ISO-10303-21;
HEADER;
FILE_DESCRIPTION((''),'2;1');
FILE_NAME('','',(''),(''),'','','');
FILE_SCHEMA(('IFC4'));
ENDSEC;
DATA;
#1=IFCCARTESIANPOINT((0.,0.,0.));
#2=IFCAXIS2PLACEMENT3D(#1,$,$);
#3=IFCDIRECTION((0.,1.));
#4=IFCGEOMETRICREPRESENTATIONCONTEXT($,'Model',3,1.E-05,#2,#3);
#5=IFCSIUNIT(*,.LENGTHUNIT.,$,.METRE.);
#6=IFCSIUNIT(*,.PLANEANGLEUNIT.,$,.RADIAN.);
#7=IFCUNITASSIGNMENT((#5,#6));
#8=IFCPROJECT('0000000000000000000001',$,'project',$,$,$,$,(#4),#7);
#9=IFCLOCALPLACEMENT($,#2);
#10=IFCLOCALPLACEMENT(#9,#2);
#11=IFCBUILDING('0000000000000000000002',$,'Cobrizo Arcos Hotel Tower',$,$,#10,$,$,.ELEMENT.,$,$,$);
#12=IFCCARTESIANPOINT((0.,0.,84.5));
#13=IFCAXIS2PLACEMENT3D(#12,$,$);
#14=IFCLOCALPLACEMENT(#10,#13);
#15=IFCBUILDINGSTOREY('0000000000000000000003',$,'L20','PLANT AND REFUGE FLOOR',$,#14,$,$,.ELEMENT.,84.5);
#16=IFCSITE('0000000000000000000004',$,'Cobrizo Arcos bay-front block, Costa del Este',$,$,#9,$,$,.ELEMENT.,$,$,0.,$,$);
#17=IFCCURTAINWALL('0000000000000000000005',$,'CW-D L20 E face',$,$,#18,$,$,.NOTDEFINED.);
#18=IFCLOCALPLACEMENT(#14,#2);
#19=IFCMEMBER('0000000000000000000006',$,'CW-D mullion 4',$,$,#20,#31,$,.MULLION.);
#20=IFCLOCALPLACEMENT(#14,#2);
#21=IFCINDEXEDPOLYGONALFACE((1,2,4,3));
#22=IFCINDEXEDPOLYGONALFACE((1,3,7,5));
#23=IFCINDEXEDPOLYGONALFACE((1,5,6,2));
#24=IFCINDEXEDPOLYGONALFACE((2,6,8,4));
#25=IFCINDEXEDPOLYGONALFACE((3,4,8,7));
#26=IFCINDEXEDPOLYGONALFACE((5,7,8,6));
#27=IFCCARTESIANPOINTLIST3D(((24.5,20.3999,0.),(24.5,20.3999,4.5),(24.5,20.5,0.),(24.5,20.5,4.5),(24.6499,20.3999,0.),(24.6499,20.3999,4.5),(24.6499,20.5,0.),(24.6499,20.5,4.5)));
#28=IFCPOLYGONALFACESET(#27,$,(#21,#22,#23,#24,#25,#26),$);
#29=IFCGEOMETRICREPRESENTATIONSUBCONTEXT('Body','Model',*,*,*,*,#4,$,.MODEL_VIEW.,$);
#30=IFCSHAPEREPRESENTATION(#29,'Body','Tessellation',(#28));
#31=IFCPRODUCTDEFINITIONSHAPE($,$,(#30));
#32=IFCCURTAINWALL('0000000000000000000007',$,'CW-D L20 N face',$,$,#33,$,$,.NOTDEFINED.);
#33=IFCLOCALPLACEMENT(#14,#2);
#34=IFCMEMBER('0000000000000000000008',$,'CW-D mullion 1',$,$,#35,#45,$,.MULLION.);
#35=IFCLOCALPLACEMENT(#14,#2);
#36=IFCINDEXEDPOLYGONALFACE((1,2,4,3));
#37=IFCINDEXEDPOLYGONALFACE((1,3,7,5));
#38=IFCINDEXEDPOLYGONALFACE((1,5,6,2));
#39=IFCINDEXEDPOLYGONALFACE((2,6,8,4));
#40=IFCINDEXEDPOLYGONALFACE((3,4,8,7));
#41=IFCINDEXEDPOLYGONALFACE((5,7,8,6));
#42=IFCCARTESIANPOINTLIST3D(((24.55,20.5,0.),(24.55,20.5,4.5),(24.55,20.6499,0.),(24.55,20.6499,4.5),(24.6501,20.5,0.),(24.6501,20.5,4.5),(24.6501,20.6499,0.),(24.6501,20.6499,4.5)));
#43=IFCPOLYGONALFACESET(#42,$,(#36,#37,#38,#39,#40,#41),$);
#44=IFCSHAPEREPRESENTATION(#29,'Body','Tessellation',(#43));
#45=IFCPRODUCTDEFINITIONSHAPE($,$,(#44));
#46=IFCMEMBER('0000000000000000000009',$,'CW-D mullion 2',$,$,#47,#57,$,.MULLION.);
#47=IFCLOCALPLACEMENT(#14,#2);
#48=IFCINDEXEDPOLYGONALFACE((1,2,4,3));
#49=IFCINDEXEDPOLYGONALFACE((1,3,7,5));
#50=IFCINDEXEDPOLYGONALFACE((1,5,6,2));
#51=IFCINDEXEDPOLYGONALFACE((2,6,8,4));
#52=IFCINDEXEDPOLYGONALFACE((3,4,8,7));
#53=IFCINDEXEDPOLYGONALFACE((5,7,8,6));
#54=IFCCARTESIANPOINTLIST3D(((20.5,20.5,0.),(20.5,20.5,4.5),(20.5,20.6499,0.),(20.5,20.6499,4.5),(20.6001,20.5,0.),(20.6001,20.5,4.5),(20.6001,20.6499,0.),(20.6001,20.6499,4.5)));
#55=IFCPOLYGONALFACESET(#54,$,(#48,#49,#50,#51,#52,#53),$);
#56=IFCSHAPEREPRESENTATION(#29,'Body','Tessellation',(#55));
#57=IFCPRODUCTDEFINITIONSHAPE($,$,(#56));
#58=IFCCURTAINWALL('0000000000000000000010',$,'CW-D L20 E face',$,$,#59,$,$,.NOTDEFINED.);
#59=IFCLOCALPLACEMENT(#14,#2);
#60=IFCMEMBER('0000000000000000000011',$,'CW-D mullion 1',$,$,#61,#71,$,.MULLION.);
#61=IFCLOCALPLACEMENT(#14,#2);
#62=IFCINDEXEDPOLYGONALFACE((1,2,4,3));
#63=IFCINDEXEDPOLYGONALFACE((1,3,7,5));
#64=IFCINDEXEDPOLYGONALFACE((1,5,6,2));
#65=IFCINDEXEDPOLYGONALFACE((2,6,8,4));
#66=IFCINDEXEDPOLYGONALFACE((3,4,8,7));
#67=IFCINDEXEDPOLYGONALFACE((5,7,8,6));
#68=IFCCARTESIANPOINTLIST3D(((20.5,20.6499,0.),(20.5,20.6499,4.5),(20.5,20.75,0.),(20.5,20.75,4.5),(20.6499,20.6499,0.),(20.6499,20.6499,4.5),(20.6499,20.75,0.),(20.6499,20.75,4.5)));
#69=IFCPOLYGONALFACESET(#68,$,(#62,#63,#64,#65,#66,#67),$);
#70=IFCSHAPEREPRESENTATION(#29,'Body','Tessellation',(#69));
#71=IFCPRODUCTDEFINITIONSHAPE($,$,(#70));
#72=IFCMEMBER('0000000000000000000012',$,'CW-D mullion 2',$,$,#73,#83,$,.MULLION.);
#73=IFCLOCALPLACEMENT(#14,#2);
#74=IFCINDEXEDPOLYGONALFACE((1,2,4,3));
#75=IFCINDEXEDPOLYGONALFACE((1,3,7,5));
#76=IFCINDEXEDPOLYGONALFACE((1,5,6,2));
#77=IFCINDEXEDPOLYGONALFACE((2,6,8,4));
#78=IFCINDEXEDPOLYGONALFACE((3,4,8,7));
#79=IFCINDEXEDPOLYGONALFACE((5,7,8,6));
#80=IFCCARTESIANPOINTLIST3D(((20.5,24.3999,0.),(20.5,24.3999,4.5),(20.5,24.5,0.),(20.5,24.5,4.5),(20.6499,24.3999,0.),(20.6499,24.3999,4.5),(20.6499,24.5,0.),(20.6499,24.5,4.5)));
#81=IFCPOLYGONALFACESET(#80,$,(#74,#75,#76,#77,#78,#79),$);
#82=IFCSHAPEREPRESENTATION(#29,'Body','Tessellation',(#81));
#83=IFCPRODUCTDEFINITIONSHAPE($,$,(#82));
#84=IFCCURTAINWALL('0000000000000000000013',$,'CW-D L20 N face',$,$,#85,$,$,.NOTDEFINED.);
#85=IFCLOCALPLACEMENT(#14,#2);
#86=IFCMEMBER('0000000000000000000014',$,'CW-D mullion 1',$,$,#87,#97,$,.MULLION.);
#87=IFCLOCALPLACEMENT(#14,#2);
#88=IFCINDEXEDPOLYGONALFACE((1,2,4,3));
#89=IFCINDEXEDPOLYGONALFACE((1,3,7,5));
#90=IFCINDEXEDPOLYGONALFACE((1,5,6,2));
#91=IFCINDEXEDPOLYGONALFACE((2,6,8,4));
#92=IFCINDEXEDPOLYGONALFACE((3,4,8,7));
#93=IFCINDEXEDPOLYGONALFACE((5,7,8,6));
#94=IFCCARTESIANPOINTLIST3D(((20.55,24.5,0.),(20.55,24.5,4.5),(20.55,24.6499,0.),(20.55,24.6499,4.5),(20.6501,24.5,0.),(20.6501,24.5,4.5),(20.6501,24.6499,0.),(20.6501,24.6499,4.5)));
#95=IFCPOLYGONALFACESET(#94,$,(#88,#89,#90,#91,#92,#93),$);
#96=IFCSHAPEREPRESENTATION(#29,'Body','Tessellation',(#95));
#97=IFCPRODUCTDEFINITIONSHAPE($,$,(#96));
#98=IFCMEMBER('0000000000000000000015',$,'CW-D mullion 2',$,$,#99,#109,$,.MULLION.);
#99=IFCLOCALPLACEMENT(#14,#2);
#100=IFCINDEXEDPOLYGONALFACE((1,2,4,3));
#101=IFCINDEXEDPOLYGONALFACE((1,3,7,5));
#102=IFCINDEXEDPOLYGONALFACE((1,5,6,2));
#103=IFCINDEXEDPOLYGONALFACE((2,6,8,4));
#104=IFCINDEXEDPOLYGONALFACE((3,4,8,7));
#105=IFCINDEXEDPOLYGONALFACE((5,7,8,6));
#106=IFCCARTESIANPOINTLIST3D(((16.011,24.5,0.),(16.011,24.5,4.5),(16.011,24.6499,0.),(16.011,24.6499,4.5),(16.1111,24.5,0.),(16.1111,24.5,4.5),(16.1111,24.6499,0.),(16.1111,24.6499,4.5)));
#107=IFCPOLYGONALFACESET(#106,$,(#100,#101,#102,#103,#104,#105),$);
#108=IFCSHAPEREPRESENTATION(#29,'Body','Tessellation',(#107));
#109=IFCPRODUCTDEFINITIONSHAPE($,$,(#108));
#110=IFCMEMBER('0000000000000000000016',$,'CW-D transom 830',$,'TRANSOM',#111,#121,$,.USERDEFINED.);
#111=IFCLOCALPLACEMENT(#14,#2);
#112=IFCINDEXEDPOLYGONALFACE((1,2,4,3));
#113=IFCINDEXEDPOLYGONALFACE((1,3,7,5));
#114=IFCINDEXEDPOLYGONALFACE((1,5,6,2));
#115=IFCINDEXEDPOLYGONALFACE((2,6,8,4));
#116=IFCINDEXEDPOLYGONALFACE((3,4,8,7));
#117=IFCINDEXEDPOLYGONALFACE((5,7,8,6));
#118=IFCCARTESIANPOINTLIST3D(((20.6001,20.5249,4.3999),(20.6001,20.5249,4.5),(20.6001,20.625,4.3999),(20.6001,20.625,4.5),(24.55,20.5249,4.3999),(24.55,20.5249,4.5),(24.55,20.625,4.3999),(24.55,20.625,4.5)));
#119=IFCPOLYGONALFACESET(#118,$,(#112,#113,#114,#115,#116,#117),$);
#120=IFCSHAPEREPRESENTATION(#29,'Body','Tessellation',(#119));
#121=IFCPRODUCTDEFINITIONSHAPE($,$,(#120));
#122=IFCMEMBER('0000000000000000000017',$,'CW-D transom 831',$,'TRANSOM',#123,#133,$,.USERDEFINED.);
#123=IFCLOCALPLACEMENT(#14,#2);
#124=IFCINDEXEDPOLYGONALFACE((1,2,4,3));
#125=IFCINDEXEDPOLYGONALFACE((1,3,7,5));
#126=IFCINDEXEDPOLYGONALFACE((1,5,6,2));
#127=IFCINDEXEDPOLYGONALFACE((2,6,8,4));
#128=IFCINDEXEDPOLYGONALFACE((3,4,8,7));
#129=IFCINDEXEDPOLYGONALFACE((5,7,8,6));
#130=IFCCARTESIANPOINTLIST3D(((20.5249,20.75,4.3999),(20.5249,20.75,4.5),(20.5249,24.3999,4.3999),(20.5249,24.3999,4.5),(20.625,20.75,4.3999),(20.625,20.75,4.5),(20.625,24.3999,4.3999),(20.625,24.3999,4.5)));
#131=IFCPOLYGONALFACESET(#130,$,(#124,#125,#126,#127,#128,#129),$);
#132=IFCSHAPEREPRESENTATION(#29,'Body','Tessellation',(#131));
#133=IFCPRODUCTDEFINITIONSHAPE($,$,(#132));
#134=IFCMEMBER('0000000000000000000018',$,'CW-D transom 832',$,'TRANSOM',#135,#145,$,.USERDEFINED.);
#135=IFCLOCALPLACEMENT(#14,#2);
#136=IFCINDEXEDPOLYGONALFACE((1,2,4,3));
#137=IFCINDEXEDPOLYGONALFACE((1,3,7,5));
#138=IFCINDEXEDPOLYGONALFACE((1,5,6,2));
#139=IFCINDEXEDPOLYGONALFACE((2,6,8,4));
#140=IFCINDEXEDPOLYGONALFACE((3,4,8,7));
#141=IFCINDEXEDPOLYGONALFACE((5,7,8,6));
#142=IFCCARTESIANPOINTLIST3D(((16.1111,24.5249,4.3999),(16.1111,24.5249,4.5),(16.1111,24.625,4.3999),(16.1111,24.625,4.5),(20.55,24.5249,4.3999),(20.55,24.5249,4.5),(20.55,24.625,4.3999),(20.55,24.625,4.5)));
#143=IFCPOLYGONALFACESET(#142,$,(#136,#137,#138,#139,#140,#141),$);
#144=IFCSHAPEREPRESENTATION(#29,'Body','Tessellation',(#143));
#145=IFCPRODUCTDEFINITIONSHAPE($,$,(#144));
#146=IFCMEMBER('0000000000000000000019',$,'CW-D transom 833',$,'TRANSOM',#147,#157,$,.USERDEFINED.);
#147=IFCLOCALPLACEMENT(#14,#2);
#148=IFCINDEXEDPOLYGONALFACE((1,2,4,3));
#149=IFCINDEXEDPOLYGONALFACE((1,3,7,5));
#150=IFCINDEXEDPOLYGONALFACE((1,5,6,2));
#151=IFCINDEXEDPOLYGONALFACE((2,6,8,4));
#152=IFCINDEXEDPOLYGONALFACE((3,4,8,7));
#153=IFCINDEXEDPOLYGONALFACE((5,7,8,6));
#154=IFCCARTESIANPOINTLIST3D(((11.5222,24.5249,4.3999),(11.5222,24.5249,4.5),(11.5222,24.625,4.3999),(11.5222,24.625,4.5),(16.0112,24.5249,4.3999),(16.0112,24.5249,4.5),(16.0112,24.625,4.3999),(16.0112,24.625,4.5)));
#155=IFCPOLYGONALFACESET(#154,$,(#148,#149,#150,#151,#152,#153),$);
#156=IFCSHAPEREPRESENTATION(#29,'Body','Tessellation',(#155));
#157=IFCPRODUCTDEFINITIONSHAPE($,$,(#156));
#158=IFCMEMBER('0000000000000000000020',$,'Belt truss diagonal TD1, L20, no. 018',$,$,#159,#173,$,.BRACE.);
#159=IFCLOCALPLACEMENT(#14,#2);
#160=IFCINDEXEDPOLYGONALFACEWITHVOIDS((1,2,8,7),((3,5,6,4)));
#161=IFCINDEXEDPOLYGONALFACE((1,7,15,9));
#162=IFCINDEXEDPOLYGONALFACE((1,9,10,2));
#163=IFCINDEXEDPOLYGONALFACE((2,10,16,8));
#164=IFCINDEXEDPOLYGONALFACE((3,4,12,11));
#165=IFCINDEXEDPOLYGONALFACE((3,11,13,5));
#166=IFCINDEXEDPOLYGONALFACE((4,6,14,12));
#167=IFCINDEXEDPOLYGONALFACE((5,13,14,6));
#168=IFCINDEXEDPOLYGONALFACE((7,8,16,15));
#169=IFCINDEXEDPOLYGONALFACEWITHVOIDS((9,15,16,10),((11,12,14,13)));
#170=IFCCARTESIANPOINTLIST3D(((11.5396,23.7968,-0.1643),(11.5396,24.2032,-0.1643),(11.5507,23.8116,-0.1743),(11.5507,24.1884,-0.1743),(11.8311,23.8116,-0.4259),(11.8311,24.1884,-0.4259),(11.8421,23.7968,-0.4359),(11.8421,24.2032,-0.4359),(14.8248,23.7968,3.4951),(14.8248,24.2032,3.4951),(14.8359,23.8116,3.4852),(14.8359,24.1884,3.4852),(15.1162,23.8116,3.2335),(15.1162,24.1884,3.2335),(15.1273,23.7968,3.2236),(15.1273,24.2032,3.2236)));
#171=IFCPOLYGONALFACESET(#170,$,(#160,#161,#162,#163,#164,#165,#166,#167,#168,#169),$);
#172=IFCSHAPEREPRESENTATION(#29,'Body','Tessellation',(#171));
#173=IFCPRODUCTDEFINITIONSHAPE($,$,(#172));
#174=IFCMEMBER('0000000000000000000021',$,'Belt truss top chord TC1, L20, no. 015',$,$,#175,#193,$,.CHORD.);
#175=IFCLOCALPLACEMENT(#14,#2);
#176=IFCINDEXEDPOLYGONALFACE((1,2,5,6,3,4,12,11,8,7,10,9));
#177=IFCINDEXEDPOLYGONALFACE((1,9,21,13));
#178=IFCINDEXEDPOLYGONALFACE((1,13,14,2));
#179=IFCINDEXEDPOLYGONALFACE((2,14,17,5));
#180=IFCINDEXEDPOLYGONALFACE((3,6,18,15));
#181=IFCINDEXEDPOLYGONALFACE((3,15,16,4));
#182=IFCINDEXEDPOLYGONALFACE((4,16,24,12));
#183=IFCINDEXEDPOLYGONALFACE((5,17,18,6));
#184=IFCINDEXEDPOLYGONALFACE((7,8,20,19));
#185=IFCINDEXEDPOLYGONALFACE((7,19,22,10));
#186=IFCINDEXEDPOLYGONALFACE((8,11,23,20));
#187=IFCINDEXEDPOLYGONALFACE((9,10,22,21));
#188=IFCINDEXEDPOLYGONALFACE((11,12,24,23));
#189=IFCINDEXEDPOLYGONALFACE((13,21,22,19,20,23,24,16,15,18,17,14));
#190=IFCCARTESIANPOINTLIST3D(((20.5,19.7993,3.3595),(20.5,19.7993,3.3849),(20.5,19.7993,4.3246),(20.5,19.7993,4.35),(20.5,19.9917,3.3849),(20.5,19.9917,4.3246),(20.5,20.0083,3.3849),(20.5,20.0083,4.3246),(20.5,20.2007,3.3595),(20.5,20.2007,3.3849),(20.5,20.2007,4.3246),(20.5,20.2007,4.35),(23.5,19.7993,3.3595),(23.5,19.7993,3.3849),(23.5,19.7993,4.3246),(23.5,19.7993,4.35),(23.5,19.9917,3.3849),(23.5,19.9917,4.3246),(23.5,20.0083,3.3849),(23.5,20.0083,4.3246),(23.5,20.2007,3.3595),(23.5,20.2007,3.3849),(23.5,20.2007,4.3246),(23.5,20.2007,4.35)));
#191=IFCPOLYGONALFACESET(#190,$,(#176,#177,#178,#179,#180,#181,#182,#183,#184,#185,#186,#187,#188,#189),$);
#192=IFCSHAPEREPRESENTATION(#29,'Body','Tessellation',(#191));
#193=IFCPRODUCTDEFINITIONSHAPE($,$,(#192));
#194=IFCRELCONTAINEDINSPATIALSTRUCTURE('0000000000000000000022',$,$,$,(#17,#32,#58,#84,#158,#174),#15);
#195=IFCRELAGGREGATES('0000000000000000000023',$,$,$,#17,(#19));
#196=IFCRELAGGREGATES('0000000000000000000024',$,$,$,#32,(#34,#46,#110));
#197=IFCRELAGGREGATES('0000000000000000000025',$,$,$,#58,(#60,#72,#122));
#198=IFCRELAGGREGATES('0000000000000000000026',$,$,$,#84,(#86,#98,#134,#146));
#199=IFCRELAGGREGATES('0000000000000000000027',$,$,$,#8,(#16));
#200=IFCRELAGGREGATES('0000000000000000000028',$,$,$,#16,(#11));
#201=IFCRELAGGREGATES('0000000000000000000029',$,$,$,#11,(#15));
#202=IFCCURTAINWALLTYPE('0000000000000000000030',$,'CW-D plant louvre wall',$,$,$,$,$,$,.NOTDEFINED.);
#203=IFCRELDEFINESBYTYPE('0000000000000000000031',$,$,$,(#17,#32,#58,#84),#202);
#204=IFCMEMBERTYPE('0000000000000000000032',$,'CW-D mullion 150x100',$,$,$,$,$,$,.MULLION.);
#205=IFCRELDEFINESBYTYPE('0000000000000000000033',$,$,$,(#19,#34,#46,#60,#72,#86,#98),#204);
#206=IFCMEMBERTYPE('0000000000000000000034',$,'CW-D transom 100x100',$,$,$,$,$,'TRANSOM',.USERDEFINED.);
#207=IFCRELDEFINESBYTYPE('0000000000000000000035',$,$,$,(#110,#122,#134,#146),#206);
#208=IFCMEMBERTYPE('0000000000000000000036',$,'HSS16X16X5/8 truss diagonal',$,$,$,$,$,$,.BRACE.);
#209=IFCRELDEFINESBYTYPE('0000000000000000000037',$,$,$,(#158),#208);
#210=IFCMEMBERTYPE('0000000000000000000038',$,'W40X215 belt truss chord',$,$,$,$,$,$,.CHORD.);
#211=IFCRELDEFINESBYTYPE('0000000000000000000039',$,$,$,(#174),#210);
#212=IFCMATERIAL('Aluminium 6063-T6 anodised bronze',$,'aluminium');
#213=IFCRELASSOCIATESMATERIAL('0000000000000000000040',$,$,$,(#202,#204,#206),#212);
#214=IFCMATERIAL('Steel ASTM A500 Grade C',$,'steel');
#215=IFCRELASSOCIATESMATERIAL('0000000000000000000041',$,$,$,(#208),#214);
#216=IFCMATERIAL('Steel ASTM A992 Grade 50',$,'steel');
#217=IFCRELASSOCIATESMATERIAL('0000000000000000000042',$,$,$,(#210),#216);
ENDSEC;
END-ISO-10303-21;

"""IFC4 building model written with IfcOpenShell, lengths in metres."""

from ifc_helpers import new_model, si_unit, direction, frame, origin, origin_2d, place, context, subcontext, project, spatial, rectangle, hollow_rectangle, i_section, extrude, material, material_profile, profile_set, type_object, element, aggregate, save


model = new_model("IFC4")

# Units and contexts
model_context = context("Model", 3, precision=1e-05, world=origin(), true_north=direction((0.0, 1.0)))
body_context = subcontext(model_context, "Body", "Model", "MODEL_VIEW")
ifc_project = project(units=[si_unit("LENGTHUNIT", "METRE"), si_unit("PLANEANGLEUNIT", "RADIAN")], contexts=[model_context])

# Site, building, storey
site_placement = place(None, origin())
site = spatial("IfcSite", under=ifc_project, at=site_placement, Name="Cobrizo Arcos bay-front block, Costa del Este", CompositionType="ELEMENT", RefElevation=0.0)
building_placement = place(site_placement, origin())
building = spatial("IfcBuilding", under=site, at=building_placement, Name="Cobrizo Arcos Hotel Tower", CompositionType="ELEMENT")
storey_placement = place(building_placement, frame((0.0, 0.0, 84.5)))
storey = spatial("IfcBuildingStorey", under=building, at=storey_placement, Name="L20", Description="PLANT AND REFUGE FLOOR", CompositionType="ELEMENT", Elevation=84.5)

# Curtain wall, member
ifc_material_1 = material(Name="Aluminium 6063-T6 anodised bronze", Category="aluminium")
curtain_wall_type = type_object("IfcCurtainWallType", Name="CW-D plant louvre wall", PredefinedType="NOTDEFINED", material=ifc_material_1)
curtain_wall_1_placement = place(storey_placement, origin())
curtain_wall_1 = element("IfcCurtainWall", 1, at=curtain_wall_1_placement, inside=storey, type_object=curtain_wall_type, Name="CW-D L20 E face", PredefinedType="NOTDEFINED")
ifc_material_profile_1 = material_profile(ifc_material_1, rectangle(XDim=0.1499, YDim=0.1001, at=origin_2d()), Name="CW-D mullion 150x100")
ifc_profile_set_1 = profile_set([ifc_material_profile_1], Name="Aluminium 6063-T6 anodised bronze")
member_type_1 = type_object("IfcMemberType", Name="CW-D mullion 150x100", PredefinedType="MULLION", material=ifc_profile_set_1)
member_1_placement = place(storey_placement, frame((24.575, 20.45, 0.0), z_axis=(0.0, 0.0, 1.0), x_axis=(1.0, 0.0, 0.0)))
member_1 = element("IfcMember", 2, at=member_1_placement, type_object=member_type_1, Name="CW-D mullion 4", PredefinedType="MULLION", context=body_context, shape_type="SweptSolid", body=[
    extrude(rectangle(XDim=0.1499, YDim=0.1001, at=origin_2d()), origin(), (0.0, 0.0, 1.0), 4.5),
])
aggregate(curtain_wall_1, [member_1])

# Curtain walls, members
curtain_wall_2_placement = place(storey_placement, origin())
curtain_wall_2 = element("IfcCurtainWall", 3, at=curtain_wall_2_placement, inside=storey, type_object=curtain_wall_type, Name="CW-D L20 N face", PredefinedType="NOTDEFINED")
member_2_placement = place(storey_placement, frame((24.6001, 20.575, 0.0), z_axis=(0.0, 0.0, 1.0), x_axis=(0.0, 1.0, 0.0)))
member_2 = element("IfcMember", 4, at=member_2_placement, type_object=member_type_1, Name="CW-D mullion 1", PredefinedType="MULLION", context=body_context, shape_type="SweptSolid", body=[
    extrude(rectangle(XDim=0.1499, YDim=0.1001, at=origin_2d()), origin(), (0.0, 0.0, 1.0), 4.5),
])
member_3_placement = place(storey_placement, frame((20.55, 20.575, 0.0), z_axis=(0.0, 0.0, 1.0), x_axis=(0.0, 1.0, 0.0)))
member_3 = element("IfcMember", 5, at=member_3_placement, type_object=member_type_1, Name="CW-D mullion 2", PredefinedType="MULLION", context=body_context, shape_type="SweptSolid", body=[
    extrude(rectangle(XDim=0.1499, YDim=0.1001, at=origin_2d()), origin(), (0.0, 0.0, 1.0), 4.5),
])
curtain_wall_3_placement = place(storey_placement, origin())
curtain_wall_3 = element("IfcCurtainWall", 6, at=curtain_wall_3_placement, inside=storey, type_object=curtain_wall_type, Name="CW-D L20 E face", PredefinedType="NOTDEFINED")
member_4_placement = place(storey_placement, frame((20.575, 20.7, 0.0), z_axis=(0.0, 0.0, 1.0), x_axis=(1.0, 0.0, 0.0)))
member_4 = element("IfcMember", 7, at=member_4_placement, type_object=member_type_1, Name="CW-D mullion 1", PredefinedType="MULLION", context=body_context, shape_type="SweptSolid", body=[
    extrude(rectangle(XDim=0.1499, YDim=0.1001, at=origin_2d()), origin(), (0.0, 0.0, 1.0), 4.5),
])
member_5_placement = place(storey_placement, frame((20.575, 24.45, 0.0), z_axis=(0.0, 0.0, 1.0), x_axis=(1.0, 0.0, 0.0)))
member_5 = element("IfcMember", 8, at=member_5_placement, type_object=member_type_1, Name="CW-D mullion 2", PredefinedType="MULLION", context=body_context, shape_type="SweptSolid", body=[
    extrude(rectangle(XDim=0.1499, YDim=0.1001, at=origin_2d()), origin(), (0.0, 0.0, 1.0), 4.5),
])
curtain_wall_4_placement = place(storey_placement, origin())
curtain_wall_4 = element("IfcCurtainWall", 9, at=curtain_wall_4_placement, inside=storey, type_object=curtain_wall_type, Name="CW-D L20 N face", PredefinedType="NOTDEFINED")
member_6_placement = place(storey_placement, frame((20.6001, 24.575, 0.0), z_axis=(0.0, 0.0, 1.0), x_axis=(0.0, 1.0, 0.0)))
member_6 = element("IfcMember", 10, at=member_6_placement, type_object=member_type_1, Name="CW-D mullion 1", PredefinedType="MULLION", context=body_context, shape_type="SweptSolid", body=[
    extrude(rectangle(XDim=0.1499, YDim=0.1001, at=origin_2d()), origin(), (0.0, 0.0, 1.0), 4.5),
])
member_7_placement = place(storey_placement, frame((16.061, 24.575, 0.0), z_axis=(0.0, 0.0, 1.0), x_axis=(0.0, 1.0, 0.0)))
member_7 = element("IfcMember", 11, at=member_7_placement, type_object=member_type_1, Name="CW-D mullion 2", PredefinedType="MULLION", context=body_context, shape_type="SweptSolid", body=[
    extrude(rectangle(XDim=0.1499, YDim=0.1001, at=origin_2d()), origin(), (0.0, 0.0, 1.0), 4.5),
])

# Members
ifc_material_profile_2 = material_profile(ifc_material_1, rectangle(XDim=0.1001, YDim=0.1001, at=origin_2d()), Name="CW-D transom 100x100")
ifc_profile_set_2 = profile_set([ifc_material_profile_2], Name="Aluminium 6063-T6 anodised bronze")
member_type_2 = type_object("IfcMemberType", Name="CW-D transom 100x100", ElementType="TRANSOM", PredefinedType="USERDEFINED", material=ifc_profile_set_2)
member_8_placement = place(storey_placement, frame((24.55, 20.575, 4.45), z_axis=(-1.0, 0.0, 0.0), x_axis=(0.0, -1.0, 0.0)))
member_8 = element("IfcMember", 12, at=member_8_placement, type_object=member_type_2, Name="CW-D transom 830", ObjectType="TRANSOM", PredefinedType="USERDEFINED", context=body_context, shape_type="SweptSolid", body=[
    extrude(rectangle(XDim=0.1001, YDim=0.1001, at=origin_2d()), origin(), (0.0, 0.0, 1.0), 3.95),
])
member_9_placement = place(storey_placement, frame((20.575, 20.75, 4.45), z_axis=(0.0, 1.0, 0.0), x_axis=(-1.0, 0.0, 0.0)))
member_9 = element("IfcMember", 13, at=member_9_placement, type_object=member_type_2, Name="CW-D transom 831", ObjectType="TRANSOM", PredefinedType="USERDEFINED", context=body_context, shape_type="SweptSolid", body=[
    extrude(rectangle(XDim=0.1001, YDim=0.1001, at=origin_2d()), origin(), (0.0, 0.0, 1.0), 3.6499),
])
member_10_placement = place(storey_placement, frame((20.55, 24.575, 4.45), z_axis=(-1.0, 0.0, 0.0), x_axis=(0.0, -1.0, 0.0)))
member_10 = element("IfcMember", 14, at=member_10_placement, type_object=member_type_2, Name="CW-D transom 832", ObjectType="TRANSOM", PredefinedType="USERDEFINED", context=body_context, shape_type="SweptSolid", body=[
    extrude(rectangle(XDim=0.1001, YDim=0.1001, at=origin_2d()), origin(), (0.0, 0.0, 1.0), 4.439),
])
member_11_placement = place(storey_placement, frame((16.0112, 24.575, 4.45), z_axis=(-1.0, 0.0, 0.0), x_axis=(0.0, -1.0, 0.0)))
member_11 = element("IfcMember", 15, at=member_11_placement, type_object=member_type_2, Name="CW-D transom 833", ObjectType="TRANSOM", PredefinedType="USERDEFINED", context=body_context, shape_type="SweptSolid", body=[
    extrude(rectangle(XDim=0.1001, YDim=0.1001, at=origin_2d()), origin(), (0.0, 0.0, 1.0), 4.489),
])

# Members
ifc_material_2 = material(Name="Steel ASTM A500 Grade C", Category="steel")
ifc_material_profile_3 = material_profile(ifc_material_2, hollow_rectangle(XDim=0.4065, YDim=0.4065, WallThickness=0.0149, at=origin_2d()), Name="HSS16X16X5/8")
ifc_profile_set_3 = profile_set([ifc_material_profile_3], Name="Steel ASTM A500 Grade C")
member_type_3 = type_object("IfcMemberType", Name="HSS16X16X5/8 truss diagonal", PredefinedType="BRACE", material=ifc_profile_set_3)
member_12_placement = place(storey_placement, frame((14.9761, 24.0, 3.3594), z_axis=(-0.668029, 0.0, -0.744135), x_axis=(0.0, -1.0, 0.0)))
element("IfcMember", 16, at=member_12_placement, inside=storey, type_object=member_type_3, Name="Belt truss diagonal TD1, L20, no. 018", PredefinedType="BRACE", context=body_context, shape_type="SweptSolid", body=[
    extrude(hollow_rectangle(XDim=0.4065, YDim=0.4065, WallThickness=0.0149, at=origin_2d()), origin(), (0.0, 0.0, 1.0), 4.9177),
])
ifc_material_3 = material(Name="Steel ASTM A992 Grade 50", Category="steel")
ifc_material_profile_4 = material_profile(ifc_material_3, i_section(OverallWidth=0.4014, OverallDepth=0.9905, WebThickness=0.0166, FlangeThickness=0.0254, at=origin_2d()), Name="W40X215")
ifc_profile_set_4 = profile_set([ifc_material_profile_4], Name="Steel ASTM A992 Grade 50")
member_type_4 = type_object("IfcMemberType", Name="W40X215 belt truss chord", PredefinedType="CHORD", material=ifc_profile_set_4)
for number, where, z_axis, x_axis, name in (
    (17, (23.5, 20.0, 3.8547), (-1.0, 0.0, 0.0), (0.0, -1.0, 0.0), "Belt truss top chord TC1, L20, no. 015"),
):
    element("IfcMember", number, at=place(storey_placement, frame(where, z_axis=z_axis, x_axis=x_axis)), inside=storey, type_object=member_type_4, Name=name, PredefinedType="CHORD", context=body_context, shape_type="SweptSolid", body=[
        extrude(i_section(OverallWidth=0.4014, OverallDepth=0.9905, WebThickness=0.0166, FlangeThickness=0.0254, at=origin_2d()), origin(), (0.0, 0.0, 1.0), 3.0),
    ])

aggregate(curtain_wall_2, [member_2, member_3, member_8])
aggregate(curtain_wall_3, [member_4, member_5, member_9])
aggregate(curtain_wall_4, [member_6, member_7, member_10, member_11])

save(model, "model.ifc")
